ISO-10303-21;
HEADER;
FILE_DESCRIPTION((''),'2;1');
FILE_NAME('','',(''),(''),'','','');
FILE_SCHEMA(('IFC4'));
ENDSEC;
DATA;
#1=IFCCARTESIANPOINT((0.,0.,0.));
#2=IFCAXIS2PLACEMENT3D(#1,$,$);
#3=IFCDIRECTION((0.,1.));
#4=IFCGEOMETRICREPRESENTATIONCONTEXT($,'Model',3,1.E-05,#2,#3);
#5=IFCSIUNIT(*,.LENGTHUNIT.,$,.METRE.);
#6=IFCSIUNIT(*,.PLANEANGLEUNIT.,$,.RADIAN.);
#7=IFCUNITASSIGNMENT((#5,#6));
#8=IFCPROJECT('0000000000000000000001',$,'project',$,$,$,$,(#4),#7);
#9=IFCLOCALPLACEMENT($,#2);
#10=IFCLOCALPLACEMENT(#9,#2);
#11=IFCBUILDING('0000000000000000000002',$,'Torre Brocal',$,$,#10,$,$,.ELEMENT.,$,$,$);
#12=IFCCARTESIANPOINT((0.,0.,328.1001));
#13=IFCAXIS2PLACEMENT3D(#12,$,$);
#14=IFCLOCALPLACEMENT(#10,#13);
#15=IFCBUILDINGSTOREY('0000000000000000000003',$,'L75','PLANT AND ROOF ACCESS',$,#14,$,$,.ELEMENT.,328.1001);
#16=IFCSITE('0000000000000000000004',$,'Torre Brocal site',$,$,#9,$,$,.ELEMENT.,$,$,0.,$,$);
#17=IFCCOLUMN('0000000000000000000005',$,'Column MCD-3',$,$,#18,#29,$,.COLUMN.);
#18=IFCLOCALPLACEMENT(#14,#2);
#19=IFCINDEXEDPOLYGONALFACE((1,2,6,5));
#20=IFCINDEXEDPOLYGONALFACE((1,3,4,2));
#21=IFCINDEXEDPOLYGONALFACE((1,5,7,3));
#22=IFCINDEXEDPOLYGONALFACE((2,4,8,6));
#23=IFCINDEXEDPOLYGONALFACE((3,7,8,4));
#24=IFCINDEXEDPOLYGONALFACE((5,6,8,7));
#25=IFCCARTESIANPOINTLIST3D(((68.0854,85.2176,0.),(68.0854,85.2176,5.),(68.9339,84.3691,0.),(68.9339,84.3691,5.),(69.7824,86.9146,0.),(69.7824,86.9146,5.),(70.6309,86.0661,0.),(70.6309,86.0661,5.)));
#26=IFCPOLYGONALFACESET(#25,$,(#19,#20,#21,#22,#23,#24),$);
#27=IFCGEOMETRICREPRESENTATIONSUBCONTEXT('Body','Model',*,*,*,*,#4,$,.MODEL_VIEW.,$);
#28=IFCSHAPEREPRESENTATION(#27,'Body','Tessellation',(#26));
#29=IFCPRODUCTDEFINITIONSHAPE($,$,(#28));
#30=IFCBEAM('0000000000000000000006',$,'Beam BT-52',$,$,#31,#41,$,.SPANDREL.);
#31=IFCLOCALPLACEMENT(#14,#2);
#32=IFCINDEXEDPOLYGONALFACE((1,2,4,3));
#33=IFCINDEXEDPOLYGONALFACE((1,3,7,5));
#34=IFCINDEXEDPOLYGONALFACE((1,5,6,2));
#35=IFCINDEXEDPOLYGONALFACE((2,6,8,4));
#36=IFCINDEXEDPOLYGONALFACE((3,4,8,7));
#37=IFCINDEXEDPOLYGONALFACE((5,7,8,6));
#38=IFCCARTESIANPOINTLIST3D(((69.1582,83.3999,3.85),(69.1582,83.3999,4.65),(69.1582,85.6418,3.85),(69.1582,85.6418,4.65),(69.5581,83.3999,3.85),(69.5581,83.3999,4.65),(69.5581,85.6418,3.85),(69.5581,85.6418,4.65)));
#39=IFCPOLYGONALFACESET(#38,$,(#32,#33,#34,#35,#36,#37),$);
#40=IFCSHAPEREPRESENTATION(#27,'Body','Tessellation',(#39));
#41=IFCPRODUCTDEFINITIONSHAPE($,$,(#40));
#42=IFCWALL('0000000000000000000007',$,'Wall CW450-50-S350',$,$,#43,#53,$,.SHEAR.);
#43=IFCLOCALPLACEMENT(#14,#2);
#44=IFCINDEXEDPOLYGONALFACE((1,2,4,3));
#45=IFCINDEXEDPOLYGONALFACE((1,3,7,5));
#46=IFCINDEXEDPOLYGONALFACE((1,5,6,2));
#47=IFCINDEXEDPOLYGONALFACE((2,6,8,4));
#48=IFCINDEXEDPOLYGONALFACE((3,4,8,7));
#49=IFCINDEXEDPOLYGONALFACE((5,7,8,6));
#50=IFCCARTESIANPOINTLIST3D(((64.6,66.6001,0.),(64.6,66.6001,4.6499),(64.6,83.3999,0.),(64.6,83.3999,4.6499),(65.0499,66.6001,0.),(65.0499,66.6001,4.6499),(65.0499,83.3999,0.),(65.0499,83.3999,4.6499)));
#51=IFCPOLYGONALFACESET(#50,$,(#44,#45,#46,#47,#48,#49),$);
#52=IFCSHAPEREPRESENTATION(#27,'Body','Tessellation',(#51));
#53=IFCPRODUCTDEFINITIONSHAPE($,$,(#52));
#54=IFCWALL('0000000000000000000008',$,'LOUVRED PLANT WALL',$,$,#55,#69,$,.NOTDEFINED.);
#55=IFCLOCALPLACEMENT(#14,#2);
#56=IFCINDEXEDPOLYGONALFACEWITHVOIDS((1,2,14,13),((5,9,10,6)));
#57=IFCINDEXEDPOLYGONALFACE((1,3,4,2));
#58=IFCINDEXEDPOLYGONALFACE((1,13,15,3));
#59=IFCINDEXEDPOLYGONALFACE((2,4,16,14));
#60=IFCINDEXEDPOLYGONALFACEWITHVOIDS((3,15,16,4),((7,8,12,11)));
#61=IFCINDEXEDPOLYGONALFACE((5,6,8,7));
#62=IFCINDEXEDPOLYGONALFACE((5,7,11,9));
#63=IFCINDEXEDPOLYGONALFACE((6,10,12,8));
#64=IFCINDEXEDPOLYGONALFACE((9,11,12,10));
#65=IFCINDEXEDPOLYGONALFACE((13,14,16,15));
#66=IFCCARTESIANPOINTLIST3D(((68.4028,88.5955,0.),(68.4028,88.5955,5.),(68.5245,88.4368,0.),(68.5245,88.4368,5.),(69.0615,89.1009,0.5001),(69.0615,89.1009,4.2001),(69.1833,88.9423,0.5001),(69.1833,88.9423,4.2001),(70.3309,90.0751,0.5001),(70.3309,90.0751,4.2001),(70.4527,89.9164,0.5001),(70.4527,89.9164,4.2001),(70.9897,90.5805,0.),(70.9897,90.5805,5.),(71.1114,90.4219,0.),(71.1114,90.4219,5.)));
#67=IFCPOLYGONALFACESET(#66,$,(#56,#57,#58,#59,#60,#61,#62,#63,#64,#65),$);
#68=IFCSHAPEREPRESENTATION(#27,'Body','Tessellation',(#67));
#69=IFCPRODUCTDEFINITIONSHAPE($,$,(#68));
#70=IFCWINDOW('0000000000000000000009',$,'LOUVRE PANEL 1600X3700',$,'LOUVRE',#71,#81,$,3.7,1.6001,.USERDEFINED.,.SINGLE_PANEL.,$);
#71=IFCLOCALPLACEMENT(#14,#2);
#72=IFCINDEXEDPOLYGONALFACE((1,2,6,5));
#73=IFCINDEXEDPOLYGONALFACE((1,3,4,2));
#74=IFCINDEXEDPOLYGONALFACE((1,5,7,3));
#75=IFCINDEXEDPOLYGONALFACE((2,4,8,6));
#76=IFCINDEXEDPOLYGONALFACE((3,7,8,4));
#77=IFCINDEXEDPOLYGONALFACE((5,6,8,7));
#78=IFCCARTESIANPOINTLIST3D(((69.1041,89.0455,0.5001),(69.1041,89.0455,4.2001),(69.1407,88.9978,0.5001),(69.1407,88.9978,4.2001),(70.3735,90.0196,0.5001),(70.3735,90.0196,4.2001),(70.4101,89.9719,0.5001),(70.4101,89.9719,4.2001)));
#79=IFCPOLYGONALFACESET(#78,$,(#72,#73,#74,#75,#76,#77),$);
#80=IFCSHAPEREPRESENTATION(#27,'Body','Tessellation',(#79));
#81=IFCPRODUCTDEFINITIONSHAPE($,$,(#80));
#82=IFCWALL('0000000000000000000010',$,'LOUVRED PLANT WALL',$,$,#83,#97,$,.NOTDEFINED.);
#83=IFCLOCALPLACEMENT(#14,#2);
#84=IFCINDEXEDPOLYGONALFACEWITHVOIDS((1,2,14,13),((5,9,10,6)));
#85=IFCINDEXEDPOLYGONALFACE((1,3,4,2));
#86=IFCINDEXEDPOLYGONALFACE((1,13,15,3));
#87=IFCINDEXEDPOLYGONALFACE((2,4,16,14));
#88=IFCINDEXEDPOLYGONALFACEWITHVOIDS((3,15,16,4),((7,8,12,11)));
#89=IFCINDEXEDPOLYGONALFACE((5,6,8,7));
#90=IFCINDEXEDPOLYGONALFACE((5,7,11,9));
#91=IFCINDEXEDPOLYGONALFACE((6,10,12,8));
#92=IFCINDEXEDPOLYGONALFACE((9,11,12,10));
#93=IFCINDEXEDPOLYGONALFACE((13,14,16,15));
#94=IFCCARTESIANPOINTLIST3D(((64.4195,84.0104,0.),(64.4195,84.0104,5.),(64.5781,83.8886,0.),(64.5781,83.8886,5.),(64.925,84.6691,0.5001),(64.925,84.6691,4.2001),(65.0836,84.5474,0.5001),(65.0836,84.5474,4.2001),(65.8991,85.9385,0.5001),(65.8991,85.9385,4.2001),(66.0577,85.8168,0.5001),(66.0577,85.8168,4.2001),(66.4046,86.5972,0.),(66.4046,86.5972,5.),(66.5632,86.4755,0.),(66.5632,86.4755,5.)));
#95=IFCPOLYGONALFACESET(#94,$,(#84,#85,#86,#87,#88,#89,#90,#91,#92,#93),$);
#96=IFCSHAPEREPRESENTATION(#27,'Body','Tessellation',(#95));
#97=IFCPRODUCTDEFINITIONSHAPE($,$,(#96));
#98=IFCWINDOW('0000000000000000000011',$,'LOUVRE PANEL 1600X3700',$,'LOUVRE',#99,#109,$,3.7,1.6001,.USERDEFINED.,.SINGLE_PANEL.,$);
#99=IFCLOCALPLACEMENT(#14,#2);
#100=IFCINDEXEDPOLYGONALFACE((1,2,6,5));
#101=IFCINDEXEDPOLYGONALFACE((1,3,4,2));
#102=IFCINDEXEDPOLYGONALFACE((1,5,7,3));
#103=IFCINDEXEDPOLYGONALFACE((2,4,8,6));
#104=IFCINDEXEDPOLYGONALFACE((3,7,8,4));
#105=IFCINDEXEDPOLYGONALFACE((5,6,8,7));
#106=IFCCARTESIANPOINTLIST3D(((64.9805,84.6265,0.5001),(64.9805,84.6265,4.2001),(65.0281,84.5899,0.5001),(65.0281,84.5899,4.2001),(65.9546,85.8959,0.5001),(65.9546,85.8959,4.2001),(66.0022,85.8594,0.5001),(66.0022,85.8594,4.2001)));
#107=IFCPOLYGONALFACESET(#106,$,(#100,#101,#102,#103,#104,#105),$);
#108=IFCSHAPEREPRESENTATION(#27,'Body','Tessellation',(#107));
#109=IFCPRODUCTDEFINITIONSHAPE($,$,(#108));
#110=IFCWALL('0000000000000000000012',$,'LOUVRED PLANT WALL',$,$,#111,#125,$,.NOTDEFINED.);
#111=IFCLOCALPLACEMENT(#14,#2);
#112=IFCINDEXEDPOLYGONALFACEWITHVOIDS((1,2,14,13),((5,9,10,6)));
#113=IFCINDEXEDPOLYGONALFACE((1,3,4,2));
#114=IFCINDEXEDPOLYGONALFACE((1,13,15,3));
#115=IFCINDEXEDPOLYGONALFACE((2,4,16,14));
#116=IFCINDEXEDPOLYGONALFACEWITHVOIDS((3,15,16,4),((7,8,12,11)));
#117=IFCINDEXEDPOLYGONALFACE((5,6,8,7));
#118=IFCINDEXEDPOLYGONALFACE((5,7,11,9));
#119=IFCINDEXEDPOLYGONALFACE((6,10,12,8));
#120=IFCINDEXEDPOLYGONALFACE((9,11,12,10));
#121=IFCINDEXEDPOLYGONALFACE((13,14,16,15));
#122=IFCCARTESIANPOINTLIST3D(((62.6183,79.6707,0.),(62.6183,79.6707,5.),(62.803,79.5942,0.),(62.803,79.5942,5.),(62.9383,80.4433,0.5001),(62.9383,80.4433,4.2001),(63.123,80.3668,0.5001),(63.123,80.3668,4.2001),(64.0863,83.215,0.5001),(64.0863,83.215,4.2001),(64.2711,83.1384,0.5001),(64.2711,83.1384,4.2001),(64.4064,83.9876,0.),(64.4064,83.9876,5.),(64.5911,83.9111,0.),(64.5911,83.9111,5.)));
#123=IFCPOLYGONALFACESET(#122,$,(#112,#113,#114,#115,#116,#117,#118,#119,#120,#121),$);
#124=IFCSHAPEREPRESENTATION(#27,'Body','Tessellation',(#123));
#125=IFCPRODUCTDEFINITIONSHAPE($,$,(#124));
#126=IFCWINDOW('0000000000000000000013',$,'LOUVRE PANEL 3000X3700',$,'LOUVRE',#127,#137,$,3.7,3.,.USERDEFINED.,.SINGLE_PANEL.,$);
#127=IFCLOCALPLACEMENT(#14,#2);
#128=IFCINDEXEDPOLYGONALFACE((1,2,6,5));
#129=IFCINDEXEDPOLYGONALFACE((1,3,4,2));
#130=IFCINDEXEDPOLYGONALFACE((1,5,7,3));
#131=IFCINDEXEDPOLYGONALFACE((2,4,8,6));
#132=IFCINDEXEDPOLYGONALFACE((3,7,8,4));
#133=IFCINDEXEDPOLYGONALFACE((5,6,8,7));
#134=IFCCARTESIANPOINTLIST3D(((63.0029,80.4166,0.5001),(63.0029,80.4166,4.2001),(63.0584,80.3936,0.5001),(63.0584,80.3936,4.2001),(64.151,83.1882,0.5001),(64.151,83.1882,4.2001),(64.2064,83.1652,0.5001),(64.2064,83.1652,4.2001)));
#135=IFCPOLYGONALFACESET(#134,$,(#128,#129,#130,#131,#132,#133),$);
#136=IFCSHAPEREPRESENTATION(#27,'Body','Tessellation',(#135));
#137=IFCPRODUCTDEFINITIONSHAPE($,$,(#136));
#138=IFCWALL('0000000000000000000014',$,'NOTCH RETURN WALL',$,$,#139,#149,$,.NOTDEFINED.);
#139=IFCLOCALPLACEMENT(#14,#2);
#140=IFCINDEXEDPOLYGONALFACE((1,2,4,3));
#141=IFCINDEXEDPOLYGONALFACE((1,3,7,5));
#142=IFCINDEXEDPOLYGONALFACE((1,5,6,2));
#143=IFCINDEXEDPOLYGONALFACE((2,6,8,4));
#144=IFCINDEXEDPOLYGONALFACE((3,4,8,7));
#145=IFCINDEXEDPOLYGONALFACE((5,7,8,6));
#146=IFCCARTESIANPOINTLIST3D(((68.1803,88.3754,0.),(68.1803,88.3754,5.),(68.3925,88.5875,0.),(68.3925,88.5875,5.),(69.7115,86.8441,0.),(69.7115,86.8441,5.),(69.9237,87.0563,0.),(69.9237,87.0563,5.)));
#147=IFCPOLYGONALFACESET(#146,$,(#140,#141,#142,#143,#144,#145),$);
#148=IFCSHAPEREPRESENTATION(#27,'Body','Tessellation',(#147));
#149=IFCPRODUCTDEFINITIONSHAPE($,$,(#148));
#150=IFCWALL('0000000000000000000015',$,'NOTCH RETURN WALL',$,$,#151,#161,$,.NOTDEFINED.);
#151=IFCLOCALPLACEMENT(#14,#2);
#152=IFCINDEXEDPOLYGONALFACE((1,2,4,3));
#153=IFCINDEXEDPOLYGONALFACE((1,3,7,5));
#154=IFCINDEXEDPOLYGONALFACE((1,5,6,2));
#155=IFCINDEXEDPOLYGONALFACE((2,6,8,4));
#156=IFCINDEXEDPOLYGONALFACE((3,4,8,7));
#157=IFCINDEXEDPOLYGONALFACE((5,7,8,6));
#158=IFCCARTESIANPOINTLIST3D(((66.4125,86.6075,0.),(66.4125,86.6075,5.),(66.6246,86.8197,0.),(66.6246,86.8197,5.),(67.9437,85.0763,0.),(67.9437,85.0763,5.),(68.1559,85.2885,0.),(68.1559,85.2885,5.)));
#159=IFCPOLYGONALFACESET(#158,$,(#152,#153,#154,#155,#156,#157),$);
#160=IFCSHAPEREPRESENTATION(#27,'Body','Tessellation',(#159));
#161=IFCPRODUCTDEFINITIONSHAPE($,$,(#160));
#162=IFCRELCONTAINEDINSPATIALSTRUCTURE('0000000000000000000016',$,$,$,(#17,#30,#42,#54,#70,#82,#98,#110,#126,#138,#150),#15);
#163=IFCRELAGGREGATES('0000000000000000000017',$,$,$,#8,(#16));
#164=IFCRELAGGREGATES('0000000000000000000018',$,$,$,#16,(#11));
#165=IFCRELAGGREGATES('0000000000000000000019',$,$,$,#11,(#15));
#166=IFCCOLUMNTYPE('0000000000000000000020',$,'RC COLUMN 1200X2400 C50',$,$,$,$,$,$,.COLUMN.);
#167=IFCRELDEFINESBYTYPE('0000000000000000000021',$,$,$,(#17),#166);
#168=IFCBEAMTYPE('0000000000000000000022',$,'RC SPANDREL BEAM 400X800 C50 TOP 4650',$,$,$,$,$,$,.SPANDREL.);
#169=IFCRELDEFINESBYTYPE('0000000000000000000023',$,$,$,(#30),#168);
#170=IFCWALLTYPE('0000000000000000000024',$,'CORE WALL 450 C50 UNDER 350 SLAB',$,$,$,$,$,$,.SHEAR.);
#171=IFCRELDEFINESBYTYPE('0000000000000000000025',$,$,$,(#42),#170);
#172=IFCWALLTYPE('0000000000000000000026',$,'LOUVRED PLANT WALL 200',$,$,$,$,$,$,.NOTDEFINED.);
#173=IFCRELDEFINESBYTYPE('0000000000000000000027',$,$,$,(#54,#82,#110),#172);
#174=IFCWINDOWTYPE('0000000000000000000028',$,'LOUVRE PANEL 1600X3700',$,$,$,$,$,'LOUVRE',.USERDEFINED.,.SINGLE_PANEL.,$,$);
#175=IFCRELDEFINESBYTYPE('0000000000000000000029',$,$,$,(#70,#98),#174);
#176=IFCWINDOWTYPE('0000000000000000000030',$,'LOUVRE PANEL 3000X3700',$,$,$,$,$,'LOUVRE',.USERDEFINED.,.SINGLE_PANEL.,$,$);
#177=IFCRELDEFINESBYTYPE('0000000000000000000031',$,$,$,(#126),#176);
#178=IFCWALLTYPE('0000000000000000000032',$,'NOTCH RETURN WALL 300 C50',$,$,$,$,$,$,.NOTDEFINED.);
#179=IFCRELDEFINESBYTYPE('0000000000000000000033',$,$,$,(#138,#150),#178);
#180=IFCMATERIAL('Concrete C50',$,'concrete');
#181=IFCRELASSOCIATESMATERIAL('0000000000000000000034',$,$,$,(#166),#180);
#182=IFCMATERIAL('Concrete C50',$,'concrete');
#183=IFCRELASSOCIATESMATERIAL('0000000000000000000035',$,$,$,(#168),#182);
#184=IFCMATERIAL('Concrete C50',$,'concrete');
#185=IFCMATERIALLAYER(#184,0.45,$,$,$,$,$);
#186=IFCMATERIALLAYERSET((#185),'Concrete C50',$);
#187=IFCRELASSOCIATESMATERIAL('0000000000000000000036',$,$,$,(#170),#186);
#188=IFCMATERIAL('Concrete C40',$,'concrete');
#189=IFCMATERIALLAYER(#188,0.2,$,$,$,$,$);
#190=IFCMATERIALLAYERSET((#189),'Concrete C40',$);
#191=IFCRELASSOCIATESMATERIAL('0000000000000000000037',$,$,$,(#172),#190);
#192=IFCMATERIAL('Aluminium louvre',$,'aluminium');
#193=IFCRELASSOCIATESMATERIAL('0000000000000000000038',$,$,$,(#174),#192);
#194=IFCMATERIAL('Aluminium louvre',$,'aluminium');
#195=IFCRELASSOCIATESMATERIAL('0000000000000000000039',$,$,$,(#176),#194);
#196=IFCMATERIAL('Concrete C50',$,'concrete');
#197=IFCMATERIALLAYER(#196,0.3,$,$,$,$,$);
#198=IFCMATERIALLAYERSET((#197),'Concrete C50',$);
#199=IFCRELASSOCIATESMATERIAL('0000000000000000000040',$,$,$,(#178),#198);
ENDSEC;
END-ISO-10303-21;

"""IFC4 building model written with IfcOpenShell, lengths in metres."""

from ifc_helpers import new_model, si_unit, direction, frame, frame_2d, origin, origin_2d, place, context, subcontext, project, spatial, rectangle, extrude, material, layer, layer_set, material_profile, profile_set, type_object, element, fill, save


model = new_model("IFC4")

# Units and contexts
model_context = context("Model", 3, precision=1e-05, world=origin(), true_north=direction((0.0, 1.0)))
body_context = subcontext(model_context, "Body", "Model", "MODEL_VIEW")
ifc_project = project(units=[si_unit("LENGTHUNIT", "METRE"), si_unit("PLANEANGLEUNIT", "RADIAN")], contexts=[model_context])

# Site, building, storey
site_placement = place(None, origin())
site = spatial("IfcSite", under=ifc_project, at=site_placement, Name="Torre Brocal site", CompositionType="ELEMENT", RefElevation=0.0)
building_placement = place(site_placement, origin())
building = spatial("IfcBuilding", under=site, at=building_placement, Name="Torre Brocal", CompositionType="ELEMENT")
storey_placement = place(building_placement, frame((0.0, 0.0, 328.1001)))
storey = spatial("IfcBuildingStorey", under=building, at=storey_placement, Name="L75", Description="PLANT AND ROOF ACCESS", CompositionType="ELEMENT", Elevation=328.1001)

# Column
ifc_material_1 = material(Name="Concrete C50", Category="concrete")
ifc_material_profile_1 = material_profile(ifc_material_1, rectangle(XDim=1.2, YDim=2.3999, at=origin_2d()), Name="RC 1200X2400")
ifc_profile_set_1 = profile_set([ifc_material_profile_1], Name="Concrete C50")
column_type = type_object("IfcColumnType", Name="RC COLUMN 1200X2400 C50", PredefinedType="COLUMN", material=ifc_profile_set_1)
column_placement = place(storey_placement, frame((69.3582, 85.6418, 0.0), z_axis=(0.0, 0.0, 1.0), x_axis=(-0.707107, 0.707107, 0.0)))
element("IfcColumn", 1, at=column_placement, inside=storey, type_object=column_type, Name="Column MCD-3", PredefinedType="COLUMN", context=body_context, shape_type="SweptSolid", body=[
    extrude(rectangle(XDim=1.2, YDim=2.3999, at=origin_2d()), origin(), (0.0, 0.0, 1.0), 5.0),
])

# Beam
ifc_material_2 = material(Name="Concrete C50", Category="concrete")
ifc_material_profile_2 = material_profile(ifc_material_2, rectangle(XDim=0.3999, YDim=0.8, at=origin_2d()), Name="RC 400X800")
ifc_profile_set_2 = profile_set([ifc_material_profile_2], Name="Concrete C50")
beam_type = type_object("IfcBeamType", Name="RC SPANDREL BEAM 400X800 C50 TOP 4650", PredefinedType="SPANDREL", material=ifc_profile_set_2)
beam_placement = place(storey_placement, frame((69.3582, 85.6418, 4.25), z_axis=(0.0, -1.0, 0.0), x_axis=(1.0, 0.0, 0.0)))
element("IfcBeam", 2, at=beam_placement, inside=storey, type_object=beam_type, Name="Beam BT-52", PredefinedType="SPANDREL", context=body_context, shape_type="SweptSolid", body=[
    extrude(rectangle(XDim=0.3999, YDim=0.8, at=origin_2d()), origin(), (0.0, 0.0, 1.0), 2.2419),
])

# Wall
ifc_material_3 = material(Name="Concrete C50", Category="concrete")
ifc_layer_1 = layer(ifc_material_3, 0.45)
ifc_layer_set_1 = layer_set([ifc_layer_1], Name="Concrete C50")
wall_type_1 = type_object("IfcWallType", Name="CORE WALL 450 C50 UNDER 350 SLAB", PredefinedType="SHEAR", material=ifc_layer_set_1)
wall_1_placement = place(storey_placement, frame((64.825, 83.3999, 0.0), z_axis=(0.0, 0.0, 1.0), x_axis=(0.0, -1.0, 0.0)))
element("IfcWall", 3, at=wall_1_placement, inside=storey, type_object=wall_type_1, Name="Wall CW450-50-S350", PredefinedType="SHEAR", context=body_context, shape_type="SweptSolid", body=[
    extrude(rectangle(XDim=16.7998, YDim=0.45, at=frame_2d((8.3999, 0.0))), origin(), (0.0, 0.0, 1.0), 4.6499),
])

# Walls, openings, windows
ifc_material_4 = material(Name="Concrete C40", Category="concrete")
ifc_layer_2 = layer(ifc_material_4, 0.2)
ifc_layer_set_2 = layer_set([ifc_layer_2], Name="Concrete C40")
wall_type_2 = type_object("IfcWallType", Name="LOUVRED PLANT WALL 200", PredefinedType="NOTDEFINED", material=ifc_layer_set_2)
wall_2_placement = place(storey_placement, frame((71.0505, 90.5012, 0.0), z_axis=(0.0, 0.0, 1.0), x_axis=(-0.793339, -0.60878, 0.0)))
wall_2 = element("IfcWall", 4, at=wall_2_placement, inside=storey, type_object=wall_type_2, Name="LOUVRED PLANT WALL", PredefinedType="NOTDEFINED", context=body_context, shape_type="SweptSolid", body=[
    extrude(rectangle(XDim=3.2607, YDim=0.2, at=frame_2d((1.6304, 0.0))), origin(), (0.0, 0.0, 1.0), 5.0),
])
opening_1_placement = place(wall_2_placement, frame((0.8303, 0.0, 0.5)))
opening_1 = element("IfcOpeningElement", 5, at=opening_1_placement, cuts=wall_2, PredefinedType="OPENING", context=body_context, shape_type="SweptSolid", body=[
    extrude(rectangle(XDim=1.6001, YDim=3.7, at=frame_2d((0.8, 1.8501))), frame((0.0, 0.1099, 0.0), z_axis=(0.0, -1.0, 0.0), x_axis=(1.0, 0.0, 0.0)), (0.0, 0.0, 1.0), 0.22),
])
ifc_material_5 = material(Name="Aluminium louvre", Category="aluminium")
window_type_1 = type_object("IfcWindowType", Name="LOUVRE PANEL 1600X3700", ElementType="LOUVRE", PartitioningType="SINGLE_PANEL", PredefinedType="USERDEFINED", material=ifc_material_5)
window_1_placement = place(opening_1_placement, origin())
window_1 = element("IfcWindow", 6, at=window_1_placement, inside=storey, type_object=window_type_1, Name="LOUVRE PANEL 1600X3700", ObjectType="LOUVRE", OverallHeight=3.7, OverallWidth=1.6001, PartitioningType="SINGLE_PANEL", PredefinedType="USERDEFINED", context=body_context, shape_type="SweptSolid", body=[
    extrude(rectangle(XDim=1.6001, YDim=3.7, at=frame_2d((0.8, 1.8501))), frame((0.0, 0.03, 0.0), z_axis=(0.0, -1.0, 0.0), x_axis=(1.0, 0.0, 0.0)), (0.0, 0.0, 1.0), 0.0601),
])
fill(opening_1, window_1)
wall_3_placement = place(storey_placement, frame((66.4839, 86.5364, 0.0), z_axis=(0.0, 0.0, 1.0), x_axis=(-0.60878, -0.793339, 0.0)))
wall_3 = element("IfcWall", 7, at=wall_3_placement, inside=storey, type_object=wall_type_2, Name="LOUVRED PLANT WALL", PredefinedType="NOTDEFINED", context=body_context, shape_type="SweptSolid", body=[
    extrude(rectangle(XDim=3.2607, YDim=0.2, at=frame_2d((1.6304, 0.0))), origin(), (0.0, 0.0, 1.0), 5.0),
])
opening_2_placement = place(wall_3_placement, frame((0.8303, 0.0, 0.5)))
opening_2 = element("IfcOpeningElement", 8, at=opening_2_placement, cuts=wall_3, PredefinedType="OPENING", context=body_context, shape_type="SweptSolid", body=[
    extrude(rectangle(XDim=1.6001, YDim=3.7, at=frame_2d((0.8, 1.8501))), frame((0.0, 0.1099, 0.0), z_axis=(0.0, -1.0, 0.0), x_axis=(1.0, 0.0, 0.0)), (0.0, 0.0, 1.0), 0.22),
])
window_2_placement = place(opening_2_placement, origin())
window_2 = element("IfcWindow", 9, at=window_2_placement, inside=storey, type_object=window_type_1, Name="LOUVRE PANEL 1600X3700", ObjectType="LOUVRE", OverallHeight=3.7, OverallWidth=1.6001, PartitioningType="SINGLE_PANEL", PredefinedType="USERDEFINED", context=body_context, shape_type="SweptSolid", body=[
    extrude(rectangle(XDim=1.6001, YDim=3.7, at=frame_2d((0.8, 1.8501))), frame((0.0, 0.03, 0.0), z_axis=(0.0, -1.0, 0.0), x_axis=(1.0, 0.0, 0.0)), (0.0, 0.0, 1.0), 0.0601),
])
fill(opening_2, window_2)
wall_4_placement = place(storey_placement, frame((64.4988, 83.9495, 0.0), z_axis=(0.0, 0.0, 1.0), x_axis=(-0.382678, -0.923882, 0.0)))
wall_4 = element("IfcWall", 10, at=wall_4_placement, inside=storey, type_object=wall_type_2, Name="LOUVRED PLANT WALL", PredefinedType="NOTDEFINED", context=body_context, shape_type="SweptSolid", body=[
    extrude(rectangle(XDim=4.6726, YDim=0.2, at=frame_2d((2.3364, 0.0))), origin(), (0.0, 0.0, 1.0), 5.0),
])
opening_3_placement = place(wall_4_placement, frame((0.8364, 0.0, 0.5)))
opening_3 = element("IfcOpeningElement", 11, at=opening_3_placement, cuts=wall_4, PredefinedType="OPENING", context=body_context, shape_type="SweptSolid", body=[
    extrude(rectangle(XDim=3.0, YDim=3.7, at=frame_2d((1.5, 1.8501))), frame((0.0, 0.1099, 0.0), z_axis=(0.0, -1.0, 0.0), x_axis=(1.0, 0.0, 0.0)), (0.0, 0.0, 1.0), 0.22),
])
ifc_material_6 = material(Name="Aluminium louvre", Category="aluminium")
window_type_2 = type_object("IfcWindowType", Name="LOUVRE PANEL 3000X3700", ElementType="LOUVRE", PartitioningType="SINGLE_PANEL", PredefinedType="USERDEFINED", material=ifc_material_6)
window_3_placement = place(opening_3_placement, origin())
window_3 = element("IfcWindow", 12, at=window_3_placement, inside=storey, type_object=window_type_2, Name="LOUVRE PANEL 3000X3700", ObjectType="LOUVRE", OverallHeight=3.7, OverallWidth=3.0, PartitioningType="SINGLE_PANEL", PredefinedType="USERDEFINED", context=body_context, shape_type="SweptSolid", body=[
    extrude(rectangle(XDim=3.0, YDim=3.7, at=frame_2d((1.5, 1.8501))), frame((0.0, 0.03, 0.0), z_axis=(0.0, -1.0, 0.0), x_axis=(1.0, 0.0, 0.0)), (0.0, 0.0, 1.0), 0.0601),
])
fill(opening_3, window_3)

# Walls
ifc_material_7 = material(Name="Concrete C50", Category="concrete")
ifc_layer_3 = layer(ifc_material_7, 0.3)
ifc_layer_set_3 = layer_set([ifc_layer_3], Name="Concrete C50")
wall_type_3 = type_object("IfcWallType", Name="NOTCH RETURN WALL 300 C50", PredefinedType="NOTDEFINED", material=ifc_layer_set_3)
for number, where, z_axis, x_axis, name in (
    (13, (69.8176, 86.9502, 0.0), (0.0, 0.0, 1.0), (-0.707107, 0.707107, 0.0), "NOTCH RETURN WALL"),
    (14, (68.0498, 85.1824, 0.0), (0.0, 0.0, 1.0), (-0.707107, 0.707107, 0.0), "NOTCH RETURN WALL"),
):
    element("IfcWall", number, at=place(storey_placement, frame(where, z_axis=z_axis, x_axis=x_axis)), inside=storey, type_object=wall_type_3, Name=name, PredefinedType="NOTDEFINED", context=body_context, shape_type="SweptSolid", body=[
        extrude(rectangle(XDim=2.1655, YDim=0.3, at=frame_2d((1.0828, 0.0))), origin(), (0.0, 0.0, 1.0), 5.0),
    ])

save(model, "model.ifc")
